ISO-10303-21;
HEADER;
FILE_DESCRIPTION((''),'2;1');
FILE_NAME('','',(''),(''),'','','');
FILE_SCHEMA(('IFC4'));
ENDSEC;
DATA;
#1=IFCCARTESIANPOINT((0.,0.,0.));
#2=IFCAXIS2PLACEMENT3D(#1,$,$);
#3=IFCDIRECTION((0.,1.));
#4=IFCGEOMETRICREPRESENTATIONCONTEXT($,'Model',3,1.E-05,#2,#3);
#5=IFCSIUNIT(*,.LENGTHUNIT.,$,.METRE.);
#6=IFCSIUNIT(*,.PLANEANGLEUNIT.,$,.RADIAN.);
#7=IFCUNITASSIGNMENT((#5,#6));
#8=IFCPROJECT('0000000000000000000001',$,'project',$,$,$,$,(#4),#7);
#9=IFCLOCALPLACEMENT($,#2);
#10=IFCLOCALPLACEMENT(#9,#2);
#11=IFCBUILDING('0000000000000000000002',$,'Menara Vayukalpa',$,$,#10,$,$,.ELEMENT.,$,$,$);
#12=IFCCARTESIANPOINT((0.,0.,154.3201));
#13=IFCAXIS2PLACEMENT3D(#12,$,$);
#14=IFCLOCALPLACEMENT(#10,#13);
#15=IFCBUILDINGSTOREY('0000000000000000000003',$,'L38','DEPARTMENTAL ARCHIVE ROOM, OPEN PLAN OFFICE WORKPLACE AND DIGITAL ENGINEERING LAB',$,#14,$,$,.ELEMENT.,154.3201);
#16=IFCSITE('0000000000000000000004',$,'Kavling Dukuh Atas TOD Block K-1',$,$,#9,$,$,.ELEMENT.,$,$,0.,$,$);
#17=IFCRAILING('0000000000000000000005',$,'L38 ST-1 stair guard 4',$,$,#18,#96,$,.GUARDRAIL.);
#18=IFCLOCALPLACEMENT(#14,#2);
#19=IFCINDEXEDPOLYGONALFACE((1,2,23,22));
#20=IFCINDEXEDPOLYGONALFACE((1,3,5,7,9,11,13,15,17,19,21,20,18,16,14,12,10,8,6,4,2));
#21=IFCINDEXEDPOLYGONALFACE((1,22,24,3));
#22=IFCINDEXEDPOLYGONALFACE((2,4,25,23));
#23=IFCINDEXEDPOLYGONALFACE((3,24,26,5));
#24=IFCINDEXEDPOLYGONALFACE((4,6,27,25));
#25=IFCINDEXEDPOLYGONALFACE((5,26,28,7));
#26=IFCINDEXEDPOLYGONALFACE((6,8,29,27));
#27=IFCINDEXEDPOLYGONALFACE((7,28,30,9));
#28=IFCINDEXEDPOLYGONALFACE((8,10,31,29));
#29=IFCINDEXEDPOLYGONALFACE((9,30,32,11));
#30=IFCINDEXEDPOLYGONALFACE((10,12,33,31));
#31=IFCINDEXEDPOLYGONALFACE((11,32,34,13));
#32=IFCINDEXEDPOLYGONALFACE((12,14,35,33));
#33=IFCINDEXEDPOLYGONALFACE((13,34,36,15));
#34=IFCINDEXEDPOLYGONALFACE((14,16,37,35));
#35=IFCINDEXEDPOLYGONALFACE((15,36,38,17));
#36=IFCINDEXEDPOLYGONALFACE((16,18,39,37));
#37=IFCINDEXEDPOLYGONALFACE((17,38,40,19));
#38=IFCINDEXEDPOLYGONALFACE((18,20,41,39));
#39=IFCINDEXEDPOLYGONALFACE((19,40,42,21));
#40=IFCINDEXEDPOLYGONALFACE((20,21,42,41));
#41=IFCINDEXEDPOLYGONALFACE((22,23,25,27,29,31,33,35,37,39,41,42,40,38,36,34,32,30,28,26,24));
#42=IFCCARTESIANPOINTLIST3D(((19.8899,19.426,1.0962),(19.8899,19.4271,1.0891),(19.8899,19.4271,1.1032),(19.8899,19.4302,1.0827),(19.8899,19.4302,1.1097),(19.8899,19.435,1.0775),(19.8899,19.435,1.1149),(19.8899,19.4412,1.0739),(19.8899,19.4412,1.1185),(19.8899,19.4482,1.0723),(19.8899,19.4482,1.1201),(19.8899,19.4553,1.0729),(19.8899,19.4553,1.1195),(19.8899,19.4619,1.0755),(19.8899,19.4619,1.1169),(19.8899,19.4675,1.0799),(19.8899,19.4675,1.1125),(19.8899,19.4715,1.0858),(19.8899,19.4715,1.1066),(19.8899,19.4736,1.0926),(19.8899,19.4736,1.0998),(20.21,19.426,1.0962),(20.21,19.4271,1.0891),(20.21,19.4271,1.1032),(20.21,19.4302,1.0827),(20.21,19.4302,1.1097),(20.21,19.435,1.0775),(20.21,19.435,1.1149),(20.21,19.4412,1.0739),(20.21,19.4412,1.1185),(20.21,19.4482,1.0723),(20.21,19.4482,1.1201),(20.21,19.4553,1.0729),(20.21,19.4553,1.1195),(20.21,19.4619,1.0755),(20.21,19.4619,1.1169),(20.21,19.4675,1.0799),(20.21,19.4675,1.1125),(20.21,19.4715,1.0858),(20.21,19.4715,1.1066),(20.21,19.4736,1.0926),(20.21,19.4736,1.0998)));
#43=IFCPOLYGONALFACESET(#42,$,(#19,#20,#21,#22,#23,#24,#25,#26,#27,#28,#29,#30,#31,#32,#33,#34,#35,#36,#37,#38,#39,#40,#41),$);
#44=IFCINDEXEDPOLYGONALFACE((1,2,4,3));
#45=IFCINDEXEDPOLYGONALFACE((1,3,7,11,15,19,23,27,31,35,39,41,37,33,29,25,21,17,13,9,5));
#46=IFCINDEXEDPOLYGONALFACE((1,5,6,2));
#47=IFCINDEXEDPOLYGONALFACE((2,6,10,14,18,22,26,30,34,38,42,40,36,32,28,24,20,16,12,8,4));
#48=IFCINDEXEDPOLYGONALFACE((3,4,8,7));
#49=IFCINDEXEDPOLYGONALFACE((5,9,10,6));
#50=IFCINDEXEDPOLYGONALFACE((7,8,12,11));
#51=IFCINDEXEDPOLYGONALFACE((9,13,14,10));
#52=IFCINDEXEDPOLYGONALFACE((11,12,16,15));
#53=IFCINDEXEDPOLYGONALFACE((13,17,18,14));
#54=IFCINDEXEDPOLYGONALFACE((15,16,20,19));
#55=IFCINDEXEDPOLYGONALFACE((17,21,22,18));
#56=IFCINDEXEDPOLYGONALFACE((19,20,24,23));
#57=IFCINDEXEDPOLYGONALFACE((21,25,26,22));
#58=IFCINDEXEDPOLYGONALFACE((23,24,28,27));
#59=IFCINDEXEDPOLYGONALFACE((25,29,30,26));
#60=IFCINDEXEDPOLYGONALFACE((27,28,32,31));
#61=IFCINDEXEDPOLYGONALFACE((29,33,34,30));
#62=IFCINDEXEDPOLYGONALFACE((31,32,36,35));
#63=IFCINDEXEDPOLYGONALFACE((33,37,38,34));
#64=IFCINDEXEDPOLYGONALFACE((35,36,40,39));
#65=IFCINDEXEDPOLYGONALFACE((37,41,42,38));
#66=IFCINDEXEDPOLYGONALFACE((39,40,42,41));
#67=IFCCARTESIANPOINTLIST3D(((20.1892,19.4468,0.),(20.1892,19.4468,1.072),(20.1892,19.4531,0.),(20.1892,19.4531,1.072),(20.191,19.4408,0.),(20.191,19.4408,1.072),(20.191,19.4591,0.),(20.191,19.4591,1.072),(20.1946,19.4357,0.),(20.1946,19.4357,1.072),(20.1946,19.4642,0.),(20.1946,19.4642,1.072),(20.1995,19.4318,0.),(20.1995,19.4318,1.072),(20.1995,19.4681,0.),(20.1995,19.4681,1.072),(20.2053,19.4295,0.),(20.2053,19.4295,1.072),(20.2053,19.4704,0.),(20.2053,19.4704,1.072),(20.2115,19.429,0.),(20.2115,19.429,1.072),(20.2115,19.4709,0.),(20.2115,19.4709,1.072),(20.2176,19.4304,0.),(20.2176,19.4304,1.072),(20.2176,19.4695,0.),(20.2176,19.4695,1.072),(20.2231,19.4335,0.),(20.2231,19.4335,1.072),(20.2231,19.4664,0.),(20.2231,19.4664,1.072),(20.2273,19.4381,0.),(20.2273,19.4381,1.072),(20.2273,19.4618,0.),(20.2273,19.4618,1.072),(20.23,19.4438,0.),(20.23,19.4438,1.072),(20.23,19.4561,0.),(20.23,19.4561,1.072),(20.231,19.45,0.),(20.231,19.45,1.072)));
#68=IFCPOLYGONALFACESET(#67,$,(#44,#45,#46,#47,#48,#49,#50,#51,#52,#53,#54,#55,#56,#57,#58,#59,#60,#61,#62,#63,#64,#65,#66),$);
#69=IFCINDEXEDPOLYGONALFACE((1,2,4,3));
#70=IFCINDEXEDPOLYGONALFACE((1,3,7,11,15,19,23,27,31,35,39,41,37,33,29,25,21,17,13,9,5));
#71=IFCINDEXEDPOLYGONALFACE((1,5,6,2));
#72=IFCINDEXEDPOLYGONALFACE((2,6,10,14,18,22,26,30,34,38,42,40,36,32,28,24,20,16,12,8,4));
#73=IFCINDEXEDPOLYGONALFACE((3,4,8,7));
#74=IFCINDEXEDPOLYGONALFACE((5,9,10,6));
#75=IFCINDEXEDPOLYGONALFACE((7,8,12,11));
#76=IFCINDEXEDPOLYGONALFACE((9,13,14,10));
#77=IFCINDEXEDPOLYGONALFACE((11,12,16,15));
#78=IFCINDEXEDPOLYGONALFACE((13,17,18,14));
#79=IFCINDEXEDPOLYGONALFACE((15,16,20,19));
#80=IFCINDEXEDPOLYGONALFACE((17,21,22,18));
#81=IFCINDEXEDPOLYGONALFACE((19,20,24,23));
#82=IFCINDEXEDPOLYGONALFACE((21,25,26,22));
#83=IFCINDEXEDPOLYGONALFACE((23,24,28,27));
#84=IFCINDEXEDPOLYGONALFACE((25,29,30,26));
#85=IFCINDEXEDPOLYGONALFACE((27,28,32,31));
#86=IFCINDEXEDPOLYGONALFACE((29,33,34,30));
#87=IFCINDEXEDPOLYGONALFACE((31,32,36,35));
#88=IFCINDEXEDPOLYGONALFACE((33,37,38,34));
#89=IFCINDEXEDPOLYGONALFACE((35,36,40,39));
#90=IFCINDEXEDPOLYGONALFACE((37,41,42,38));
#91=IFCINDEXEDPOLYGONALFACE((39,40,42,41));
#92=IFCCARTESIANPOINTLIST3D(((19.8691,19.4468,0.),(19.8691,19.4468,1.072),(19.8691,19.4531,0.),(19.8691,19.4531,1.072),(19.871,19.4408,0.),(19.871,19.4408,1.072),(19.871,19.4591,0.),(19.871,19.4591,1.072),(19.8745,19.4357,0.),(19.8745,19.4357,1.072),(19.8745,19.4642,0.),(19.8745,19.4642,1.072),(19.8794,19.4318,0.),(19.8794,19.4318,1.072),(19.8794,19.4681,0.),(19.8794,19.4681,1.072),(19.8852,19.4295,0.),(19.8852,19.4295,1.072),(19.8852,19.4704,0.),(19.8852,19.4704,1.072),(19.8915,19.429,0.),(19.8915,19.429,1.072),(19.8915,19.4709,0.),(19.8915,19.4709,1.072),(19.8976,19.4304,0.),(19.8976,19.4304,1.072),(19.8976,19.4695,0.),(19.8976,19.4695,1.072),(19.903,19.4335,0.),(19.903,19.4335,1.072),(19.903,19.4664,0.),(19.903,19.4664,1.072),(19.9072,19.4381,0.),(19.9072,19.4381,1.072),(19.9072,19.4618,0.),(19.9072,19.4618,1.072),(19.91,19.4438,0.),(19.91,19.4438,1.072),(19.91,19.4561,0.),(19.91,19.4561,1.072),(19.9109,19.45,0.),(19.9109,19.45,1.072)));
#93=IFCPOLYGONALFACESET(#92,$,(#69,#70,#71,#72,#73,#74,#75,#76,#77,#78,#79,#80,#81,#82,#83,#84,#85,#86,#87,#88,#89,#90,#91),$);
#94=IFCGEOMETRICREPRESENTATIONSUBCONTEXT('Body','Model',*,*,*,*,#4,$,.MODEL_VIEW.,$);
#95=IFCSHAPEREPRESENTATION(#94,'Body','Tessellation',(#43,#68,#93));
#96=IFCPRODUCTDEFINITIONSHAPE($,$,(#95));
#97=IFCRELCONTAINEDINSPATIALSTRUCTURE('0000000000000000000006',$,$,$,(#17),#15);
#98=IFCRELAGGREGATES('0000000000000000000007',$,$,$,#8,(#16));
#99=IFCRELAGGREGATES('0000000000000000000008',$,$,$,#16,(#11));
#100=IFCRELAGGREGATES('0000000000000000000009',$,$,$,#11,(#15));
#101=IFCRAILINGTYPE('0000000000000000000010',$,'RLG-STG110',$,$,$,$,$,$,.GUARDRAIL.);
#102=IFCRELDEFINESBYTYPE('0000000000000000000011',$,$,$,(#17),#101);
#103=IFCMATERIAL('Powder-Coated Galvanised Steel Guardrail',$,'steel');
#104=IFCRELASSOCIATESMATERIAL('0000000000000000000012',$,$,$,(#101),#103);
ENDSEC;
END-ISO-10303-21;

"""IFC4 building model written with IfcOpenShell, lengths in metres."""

from ifc_helpers import new_model, si_unit, direction, frame, origin, origin_2d, place, context, subcontext, project, spatial, circle, extrude, material, type_object, element, save


model = new_model("IFC4")

# Units and contexts
model_context = context("Model", 3, precision=1e-05, world=origin(), true_north=direction((0.0, 1.0)))
body_context = subcontext(model_context, "Body", "Model", "MODEL_VIEW")
ifc_project = project(units=[si_unit("LENGTHUNIT", "METRE"), si_unit("PLANEANGLEUNIT", "RADIAN")], contexts=[model_context])

# Site, building, storey
site_placement = place(None, origin())
site = spatial("IfcSite", under=ifc_project, at=site_placement, Name="Kavling Dukuh Atas TOD Block K-1", CompositionType="ELEMENT", RefElevation=0.0)
building_placement = place(site_placement, origin())
building = spatial("IfcBuilding", under=site, at=building_placement, Name="Menara Vayukalpa", CompositionType="ELEMENT")
storey_placement = place(building_placement, frame((0.0, 0.0, 154.3201)))
storey = spatial("IfcBuildingStorey", under=building, at=storey_placement, Name="L38", Description="DEPARTMENTAL ARCHIVE ROOM, OPEN PLAN OFFICE WORKPLACE AND DIGITAL ENGINEERING LAB", CompositionType="ELEMENT", Elevation=154.3201)

# Railing
ifc_material_1 = material(Name="Powder-Coated Galvanised Steel Guardrail", Category="steel")
railing_type_1 = type_object("IfcRailingType", Name="RLG-STG110", PredefinedType="GUARDRAIL", material=ifc_material_1)
railing_1_placement = place(storey_placement, frame((20.21, 19.45, 0.0)))
element("IfcRailing", 1, at=railing_1_placement, inside=storey, type_object=railing_type_1, Name="L38 ST-1 stair guard 4", PredefinedType="GUARDRAIL", context=body_context, shape_type="SweptSolid", body=[
    extrude(circle(Radius=0.0239, at=origin_2d()), frame((0.0, 0.0, 1.0962), z_axis=(-1.0, 0.0, 0.0), x_axis=(0.0, -1.0, 0.0)), (0.0, 0.0, 1.0), 0.3201),
    extrude(circle(Radius=0.021, at=origin_2d()), origin(), (0.0, 0.0, 1.0), 1.072),
    extrude(circle(Radius=0.021, at=origin_2d()), frame((-0.3201, 0.0, 0.0)), (0.0, 0.0, 1.0), 1.072),
])

save(model, "model.ifc")
